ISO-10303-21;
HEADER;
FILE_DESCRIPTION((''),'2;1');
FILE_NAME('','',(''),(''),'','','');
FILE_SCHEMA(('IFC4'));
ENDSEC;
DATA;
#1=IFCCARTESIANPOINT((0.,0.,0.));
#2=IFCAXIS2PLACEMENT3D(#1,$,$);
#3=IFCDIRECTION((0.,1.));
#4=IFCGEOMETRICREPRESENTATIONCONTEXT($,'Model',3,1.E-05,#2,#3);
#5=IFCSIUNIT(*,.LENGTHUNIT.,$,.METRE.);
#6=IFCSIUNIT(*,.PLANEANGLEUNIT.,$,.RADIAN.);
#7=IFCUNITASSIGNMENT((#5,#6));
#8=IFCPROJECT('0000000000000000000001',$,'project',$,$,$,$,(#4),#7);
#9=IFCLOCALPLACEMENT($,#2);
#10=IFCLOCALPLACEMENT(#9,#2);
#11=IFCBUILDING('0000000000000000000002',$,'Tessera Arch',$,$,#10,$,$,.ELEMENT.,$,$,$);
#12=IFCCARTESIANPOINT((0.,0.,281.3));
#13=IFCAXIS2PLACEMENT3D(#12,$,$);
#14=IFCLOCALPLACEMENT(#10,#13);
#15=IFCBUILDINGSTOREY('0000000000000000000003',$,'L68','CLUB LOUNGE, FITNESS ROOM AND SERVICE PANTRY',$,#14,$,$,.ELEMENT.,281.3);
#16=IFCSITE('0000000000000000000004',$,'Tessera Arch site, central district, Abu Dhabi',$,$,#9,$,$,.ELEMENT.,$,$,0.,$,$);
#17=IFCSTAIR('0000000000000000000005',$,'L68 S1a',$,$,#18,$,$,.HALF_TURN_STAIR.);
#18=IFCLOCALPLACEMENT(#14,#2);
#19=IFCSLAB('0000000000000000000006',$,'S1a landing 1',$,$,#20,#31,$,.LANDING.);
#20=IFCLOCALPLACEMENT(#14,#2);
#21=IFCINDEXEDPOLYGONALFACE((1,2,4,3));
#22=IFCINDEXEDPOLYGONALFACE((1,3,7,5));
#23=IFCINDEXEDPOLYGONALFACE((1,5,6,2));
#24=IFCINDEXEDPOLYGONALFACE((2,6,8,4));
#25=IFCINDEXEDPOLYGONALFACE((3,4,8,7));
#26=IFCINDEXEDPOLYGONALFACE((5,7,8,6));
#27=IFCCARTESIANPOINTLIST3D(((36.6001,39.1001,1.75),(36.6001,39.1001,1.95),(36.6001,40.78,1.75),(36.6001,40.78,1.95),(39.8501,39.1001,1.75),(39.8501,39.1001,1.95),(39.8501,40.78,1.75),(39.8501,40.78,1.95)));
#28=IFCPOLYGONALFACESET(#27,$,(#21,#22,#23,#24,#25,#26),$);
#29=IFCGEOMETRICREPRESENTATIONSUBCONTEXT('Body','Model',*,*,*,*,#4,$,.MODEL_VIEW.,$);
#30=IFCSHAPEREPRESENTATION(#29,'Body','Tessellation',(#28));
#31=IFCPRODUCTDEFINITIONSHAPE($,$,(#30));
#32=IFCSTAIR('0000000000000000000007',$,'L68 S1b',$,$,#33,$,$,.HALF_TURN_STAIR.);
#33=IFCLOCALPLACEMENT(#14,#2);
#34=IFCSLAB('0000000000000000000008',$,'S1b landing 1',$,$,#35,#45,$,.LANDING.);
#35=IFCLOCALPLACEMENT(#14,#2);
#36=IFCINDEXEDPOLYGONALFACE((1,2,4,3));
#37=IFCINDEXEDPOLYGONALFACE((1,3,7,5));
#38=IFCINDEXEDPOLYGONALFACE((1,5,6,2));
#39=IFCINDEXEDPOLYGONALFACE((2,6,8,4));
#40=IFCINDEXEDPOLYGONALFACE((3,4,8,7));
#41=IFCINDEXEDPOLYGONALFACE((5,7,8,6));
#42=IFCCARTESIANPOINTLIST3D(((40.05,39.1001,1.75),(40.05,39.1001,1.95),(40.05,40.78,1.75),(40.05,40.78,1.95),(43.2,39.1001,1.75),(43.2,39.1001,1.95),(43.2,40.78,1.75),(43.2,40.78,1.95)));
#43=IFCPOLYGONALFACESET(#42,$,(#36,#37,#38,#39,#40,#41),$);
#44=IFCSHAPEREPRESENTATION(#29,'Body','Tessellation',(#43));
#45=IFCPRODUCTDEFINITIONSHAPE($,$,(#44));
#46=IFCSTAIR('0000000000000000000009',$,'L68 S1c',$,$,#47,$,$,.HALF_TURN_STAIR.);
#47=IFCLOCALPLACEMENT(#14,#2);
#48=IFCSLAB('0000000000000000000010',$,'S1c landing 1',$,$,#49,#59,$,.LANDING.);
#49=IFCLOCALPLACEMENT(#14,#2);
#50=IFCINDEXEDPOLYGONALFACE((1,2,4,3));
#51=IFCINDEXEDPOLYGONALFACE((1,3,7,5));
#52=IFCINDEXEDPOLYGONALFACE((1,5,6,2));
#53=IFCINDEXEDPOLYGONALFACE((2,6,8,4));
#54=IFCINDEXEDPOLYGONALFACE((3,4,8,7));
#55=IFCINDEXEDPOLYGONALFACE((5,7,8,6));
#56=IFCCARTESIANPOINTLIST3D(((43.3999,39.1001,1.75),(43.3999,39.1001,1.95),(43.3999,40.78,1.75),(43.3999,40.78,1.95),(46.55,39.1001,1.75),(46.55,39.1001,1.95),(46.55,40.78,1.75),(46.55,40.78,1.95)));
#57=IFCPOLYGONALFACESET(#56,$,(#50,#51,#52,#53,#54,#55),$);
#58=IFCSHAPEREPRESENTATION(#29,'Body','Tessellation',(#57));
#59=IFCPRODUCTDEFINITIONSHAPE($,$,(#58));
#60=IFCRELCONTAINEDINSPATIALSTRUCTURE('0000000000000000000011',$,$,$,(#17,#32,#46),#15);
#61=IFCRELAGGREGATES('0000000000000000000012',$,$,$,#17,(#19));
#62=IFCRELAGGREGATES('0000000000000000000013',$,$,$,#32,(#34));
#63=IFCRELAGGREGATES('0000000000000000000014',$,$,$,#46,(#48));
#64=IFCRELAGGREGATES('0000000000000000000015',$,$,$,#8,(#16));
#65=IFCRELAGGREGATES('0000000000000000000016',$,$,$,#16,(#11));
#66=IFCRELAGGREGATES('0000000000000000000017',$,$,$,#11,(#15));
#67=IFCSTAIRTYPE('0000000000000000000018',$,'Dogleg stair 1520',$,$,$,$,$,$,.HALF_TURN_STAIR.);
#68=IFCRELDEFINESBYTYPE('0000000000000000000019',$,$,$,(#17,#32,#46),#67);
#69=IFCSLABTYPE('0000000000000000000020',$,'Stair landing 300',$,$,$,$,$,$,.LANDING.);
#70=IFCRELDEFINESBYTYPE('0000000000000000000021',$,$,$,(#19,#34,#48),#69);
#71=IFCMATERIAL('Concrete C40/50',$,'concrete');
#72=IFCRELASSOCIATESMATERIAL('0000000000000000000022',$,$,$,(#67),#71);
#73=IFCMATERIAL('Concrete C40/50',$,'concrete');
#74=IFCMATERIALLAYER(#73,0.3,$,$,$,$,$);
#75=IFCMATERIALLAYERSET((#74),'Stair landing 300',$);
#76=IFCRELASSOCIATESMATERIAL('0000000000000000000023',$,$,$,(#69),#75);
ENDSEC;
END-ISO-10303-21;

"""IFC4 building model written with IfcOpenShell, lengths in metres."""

from ifc_helpers import new_model, si_unit, direction, frame, origin, place, context, subcontext, project, spatial, polyline, outline, extrude, material, layer, layer_set, type_object, element, aggregate, save


model = new_model("IFC4")

# Units and contexts
model_context = context("Model", 3, precision=1e-05, world=origin(), true_north=direction((0.0, 1.0)))
body_context = subcontext(model_context, "Body", "Model", "MODEL_VIEW")
ifc_project = project(units=[si_unit("LENGTHUNIT", "METRE"), si_unit("PLANEANGLEUNIT", "RADIAN")], contexts=[model_context])

# Site, building, storey
site_placement = place(None, origin())
site = spatial("IfcSite", under=ifc_project, at=site_placement, Name="Tessera Arch site, central district, Abu Dhabi", CompositionType="ELEMENT", RefElevation=0.0)
building_placement = place(site_placement, origin())
building = spatial("IfcBuilding", under=site, at=building_placement, Name="Tessera Arch", CompositionType="ELEMENT")
storey_placement = place(building_placement, frame((0.0, 0.0, 281.3)))
storey = spatial("IfcBuildingStorey", under=building, at=storey_placement, Name="L68", Description="CLUB LOUNGE, FITNESS ROOM AND SERVICE PANTRY", CompositionType="ELEMENT", Elevation=281.3)

# Stairs, slabs
ifc_material_1 = material(Name="Concrete C40/50", Category="concrete")
stair_type = type_object("IfcStairType", Name="Dogleg stair 1520", PredefinedType="HALF_TURN_STAIR", material=ifc_material_1)
stair_1_placement = place(storey_placement, origin())
stair_1 = element("IfcStair", 1, at=stair_1_placement, inside=storey, type_object=stair_type, Name="L68 S1a", PredefinedType="HALF_TURN_STAIR")
ifc_material_2 = material(Name="Concrete C40/50", Category="concrete")
ifc_layer_1 = layer(ifc_material_2, 0.3)
ifc_layer_set_1 = layer_set([ifc_layer_1], Name="Stair landing 300")
slab_type_1 = type_object("IfcSlabType", Name="Stair landing 300", PredefinedType="LANDING", material=ifc_layer_set_1)
slab_1_placement = place(storey_placement, frame((0.0, 0.0, 1.75)))
slab_1 = element("IfcSlab", 2, at=slab_1_placement, type_object=slab_type_1, Name="S1a landing 1", PredefinedType="LANDING", context=body_context, shape_type="SweptSolid", body=[
    extrude(outline(polyline([(36.6001, 40.78), (36.6001, 39.1001), (39.8501, 39.1001), (39.8501, 40.78), (36.6001, 40.78)])), origin(), (0.0, 0.0, 1.0), 0.2),
])
aggregate(stair_1, [slab_1])
stair_2_placement = place(storey_placement, origin())
stair_2 = element("IfcStair", 3, at=stair_2_placement, inside=storey, type_object=stair_type, Name="L68 S1b", PredefinedType="HALF_TURN_STAIR")
slab_2_placement = place(storey_placement, frame((0.0, 0.0, 1.75)))
slab_2 = element("IfcSlab", 4, at=slab_2_placement, type_object=slab_type_1, Name="S1b landing 1", PredefinedType="LANDING", context=body_context, shape_type="SweptSolid", body=[
    extrude(outline(polyline([(40.05, 40.78), (40.05, 39.1001), (43.2, 39.1001), (43.2, 40.78), (40.05, 40.78)])), origin(), (0.0, 0.0, 1.0), 0.2),
])
aggregate(stair_2, [slab_2])
stair_3_placement = place(storey_placement, origin())
stair_3 = element("IfcStair", 5, at=stair_3_placement, inside=storey, type_object=stair_type, Name="L68 S1c", PredefinedType="HALF_TURN_STAIR")
slab_3_placement = place(storey_placement, frame((0.0, 0.0, 1.75)))
slab_3 = element("IfcSlab", 6, at=slab_3_placement, type_object=slab_type_1, Name="S1c landing 1", PredefinedType="LANDING", context=body_context, shape_type="SweptSolid", body=[
    extrude(outline(polyline([(43.3999, 40.78), (43.3999, 39.1001), (46.55, 39.1001), (46.55, 40.78), (43.3999, 40.78)])), origin(), (0.0, 0.0, 1.0), 0.2),
])
aggregate(stair_3, [slab_3])

save(model, "model.ifc")
